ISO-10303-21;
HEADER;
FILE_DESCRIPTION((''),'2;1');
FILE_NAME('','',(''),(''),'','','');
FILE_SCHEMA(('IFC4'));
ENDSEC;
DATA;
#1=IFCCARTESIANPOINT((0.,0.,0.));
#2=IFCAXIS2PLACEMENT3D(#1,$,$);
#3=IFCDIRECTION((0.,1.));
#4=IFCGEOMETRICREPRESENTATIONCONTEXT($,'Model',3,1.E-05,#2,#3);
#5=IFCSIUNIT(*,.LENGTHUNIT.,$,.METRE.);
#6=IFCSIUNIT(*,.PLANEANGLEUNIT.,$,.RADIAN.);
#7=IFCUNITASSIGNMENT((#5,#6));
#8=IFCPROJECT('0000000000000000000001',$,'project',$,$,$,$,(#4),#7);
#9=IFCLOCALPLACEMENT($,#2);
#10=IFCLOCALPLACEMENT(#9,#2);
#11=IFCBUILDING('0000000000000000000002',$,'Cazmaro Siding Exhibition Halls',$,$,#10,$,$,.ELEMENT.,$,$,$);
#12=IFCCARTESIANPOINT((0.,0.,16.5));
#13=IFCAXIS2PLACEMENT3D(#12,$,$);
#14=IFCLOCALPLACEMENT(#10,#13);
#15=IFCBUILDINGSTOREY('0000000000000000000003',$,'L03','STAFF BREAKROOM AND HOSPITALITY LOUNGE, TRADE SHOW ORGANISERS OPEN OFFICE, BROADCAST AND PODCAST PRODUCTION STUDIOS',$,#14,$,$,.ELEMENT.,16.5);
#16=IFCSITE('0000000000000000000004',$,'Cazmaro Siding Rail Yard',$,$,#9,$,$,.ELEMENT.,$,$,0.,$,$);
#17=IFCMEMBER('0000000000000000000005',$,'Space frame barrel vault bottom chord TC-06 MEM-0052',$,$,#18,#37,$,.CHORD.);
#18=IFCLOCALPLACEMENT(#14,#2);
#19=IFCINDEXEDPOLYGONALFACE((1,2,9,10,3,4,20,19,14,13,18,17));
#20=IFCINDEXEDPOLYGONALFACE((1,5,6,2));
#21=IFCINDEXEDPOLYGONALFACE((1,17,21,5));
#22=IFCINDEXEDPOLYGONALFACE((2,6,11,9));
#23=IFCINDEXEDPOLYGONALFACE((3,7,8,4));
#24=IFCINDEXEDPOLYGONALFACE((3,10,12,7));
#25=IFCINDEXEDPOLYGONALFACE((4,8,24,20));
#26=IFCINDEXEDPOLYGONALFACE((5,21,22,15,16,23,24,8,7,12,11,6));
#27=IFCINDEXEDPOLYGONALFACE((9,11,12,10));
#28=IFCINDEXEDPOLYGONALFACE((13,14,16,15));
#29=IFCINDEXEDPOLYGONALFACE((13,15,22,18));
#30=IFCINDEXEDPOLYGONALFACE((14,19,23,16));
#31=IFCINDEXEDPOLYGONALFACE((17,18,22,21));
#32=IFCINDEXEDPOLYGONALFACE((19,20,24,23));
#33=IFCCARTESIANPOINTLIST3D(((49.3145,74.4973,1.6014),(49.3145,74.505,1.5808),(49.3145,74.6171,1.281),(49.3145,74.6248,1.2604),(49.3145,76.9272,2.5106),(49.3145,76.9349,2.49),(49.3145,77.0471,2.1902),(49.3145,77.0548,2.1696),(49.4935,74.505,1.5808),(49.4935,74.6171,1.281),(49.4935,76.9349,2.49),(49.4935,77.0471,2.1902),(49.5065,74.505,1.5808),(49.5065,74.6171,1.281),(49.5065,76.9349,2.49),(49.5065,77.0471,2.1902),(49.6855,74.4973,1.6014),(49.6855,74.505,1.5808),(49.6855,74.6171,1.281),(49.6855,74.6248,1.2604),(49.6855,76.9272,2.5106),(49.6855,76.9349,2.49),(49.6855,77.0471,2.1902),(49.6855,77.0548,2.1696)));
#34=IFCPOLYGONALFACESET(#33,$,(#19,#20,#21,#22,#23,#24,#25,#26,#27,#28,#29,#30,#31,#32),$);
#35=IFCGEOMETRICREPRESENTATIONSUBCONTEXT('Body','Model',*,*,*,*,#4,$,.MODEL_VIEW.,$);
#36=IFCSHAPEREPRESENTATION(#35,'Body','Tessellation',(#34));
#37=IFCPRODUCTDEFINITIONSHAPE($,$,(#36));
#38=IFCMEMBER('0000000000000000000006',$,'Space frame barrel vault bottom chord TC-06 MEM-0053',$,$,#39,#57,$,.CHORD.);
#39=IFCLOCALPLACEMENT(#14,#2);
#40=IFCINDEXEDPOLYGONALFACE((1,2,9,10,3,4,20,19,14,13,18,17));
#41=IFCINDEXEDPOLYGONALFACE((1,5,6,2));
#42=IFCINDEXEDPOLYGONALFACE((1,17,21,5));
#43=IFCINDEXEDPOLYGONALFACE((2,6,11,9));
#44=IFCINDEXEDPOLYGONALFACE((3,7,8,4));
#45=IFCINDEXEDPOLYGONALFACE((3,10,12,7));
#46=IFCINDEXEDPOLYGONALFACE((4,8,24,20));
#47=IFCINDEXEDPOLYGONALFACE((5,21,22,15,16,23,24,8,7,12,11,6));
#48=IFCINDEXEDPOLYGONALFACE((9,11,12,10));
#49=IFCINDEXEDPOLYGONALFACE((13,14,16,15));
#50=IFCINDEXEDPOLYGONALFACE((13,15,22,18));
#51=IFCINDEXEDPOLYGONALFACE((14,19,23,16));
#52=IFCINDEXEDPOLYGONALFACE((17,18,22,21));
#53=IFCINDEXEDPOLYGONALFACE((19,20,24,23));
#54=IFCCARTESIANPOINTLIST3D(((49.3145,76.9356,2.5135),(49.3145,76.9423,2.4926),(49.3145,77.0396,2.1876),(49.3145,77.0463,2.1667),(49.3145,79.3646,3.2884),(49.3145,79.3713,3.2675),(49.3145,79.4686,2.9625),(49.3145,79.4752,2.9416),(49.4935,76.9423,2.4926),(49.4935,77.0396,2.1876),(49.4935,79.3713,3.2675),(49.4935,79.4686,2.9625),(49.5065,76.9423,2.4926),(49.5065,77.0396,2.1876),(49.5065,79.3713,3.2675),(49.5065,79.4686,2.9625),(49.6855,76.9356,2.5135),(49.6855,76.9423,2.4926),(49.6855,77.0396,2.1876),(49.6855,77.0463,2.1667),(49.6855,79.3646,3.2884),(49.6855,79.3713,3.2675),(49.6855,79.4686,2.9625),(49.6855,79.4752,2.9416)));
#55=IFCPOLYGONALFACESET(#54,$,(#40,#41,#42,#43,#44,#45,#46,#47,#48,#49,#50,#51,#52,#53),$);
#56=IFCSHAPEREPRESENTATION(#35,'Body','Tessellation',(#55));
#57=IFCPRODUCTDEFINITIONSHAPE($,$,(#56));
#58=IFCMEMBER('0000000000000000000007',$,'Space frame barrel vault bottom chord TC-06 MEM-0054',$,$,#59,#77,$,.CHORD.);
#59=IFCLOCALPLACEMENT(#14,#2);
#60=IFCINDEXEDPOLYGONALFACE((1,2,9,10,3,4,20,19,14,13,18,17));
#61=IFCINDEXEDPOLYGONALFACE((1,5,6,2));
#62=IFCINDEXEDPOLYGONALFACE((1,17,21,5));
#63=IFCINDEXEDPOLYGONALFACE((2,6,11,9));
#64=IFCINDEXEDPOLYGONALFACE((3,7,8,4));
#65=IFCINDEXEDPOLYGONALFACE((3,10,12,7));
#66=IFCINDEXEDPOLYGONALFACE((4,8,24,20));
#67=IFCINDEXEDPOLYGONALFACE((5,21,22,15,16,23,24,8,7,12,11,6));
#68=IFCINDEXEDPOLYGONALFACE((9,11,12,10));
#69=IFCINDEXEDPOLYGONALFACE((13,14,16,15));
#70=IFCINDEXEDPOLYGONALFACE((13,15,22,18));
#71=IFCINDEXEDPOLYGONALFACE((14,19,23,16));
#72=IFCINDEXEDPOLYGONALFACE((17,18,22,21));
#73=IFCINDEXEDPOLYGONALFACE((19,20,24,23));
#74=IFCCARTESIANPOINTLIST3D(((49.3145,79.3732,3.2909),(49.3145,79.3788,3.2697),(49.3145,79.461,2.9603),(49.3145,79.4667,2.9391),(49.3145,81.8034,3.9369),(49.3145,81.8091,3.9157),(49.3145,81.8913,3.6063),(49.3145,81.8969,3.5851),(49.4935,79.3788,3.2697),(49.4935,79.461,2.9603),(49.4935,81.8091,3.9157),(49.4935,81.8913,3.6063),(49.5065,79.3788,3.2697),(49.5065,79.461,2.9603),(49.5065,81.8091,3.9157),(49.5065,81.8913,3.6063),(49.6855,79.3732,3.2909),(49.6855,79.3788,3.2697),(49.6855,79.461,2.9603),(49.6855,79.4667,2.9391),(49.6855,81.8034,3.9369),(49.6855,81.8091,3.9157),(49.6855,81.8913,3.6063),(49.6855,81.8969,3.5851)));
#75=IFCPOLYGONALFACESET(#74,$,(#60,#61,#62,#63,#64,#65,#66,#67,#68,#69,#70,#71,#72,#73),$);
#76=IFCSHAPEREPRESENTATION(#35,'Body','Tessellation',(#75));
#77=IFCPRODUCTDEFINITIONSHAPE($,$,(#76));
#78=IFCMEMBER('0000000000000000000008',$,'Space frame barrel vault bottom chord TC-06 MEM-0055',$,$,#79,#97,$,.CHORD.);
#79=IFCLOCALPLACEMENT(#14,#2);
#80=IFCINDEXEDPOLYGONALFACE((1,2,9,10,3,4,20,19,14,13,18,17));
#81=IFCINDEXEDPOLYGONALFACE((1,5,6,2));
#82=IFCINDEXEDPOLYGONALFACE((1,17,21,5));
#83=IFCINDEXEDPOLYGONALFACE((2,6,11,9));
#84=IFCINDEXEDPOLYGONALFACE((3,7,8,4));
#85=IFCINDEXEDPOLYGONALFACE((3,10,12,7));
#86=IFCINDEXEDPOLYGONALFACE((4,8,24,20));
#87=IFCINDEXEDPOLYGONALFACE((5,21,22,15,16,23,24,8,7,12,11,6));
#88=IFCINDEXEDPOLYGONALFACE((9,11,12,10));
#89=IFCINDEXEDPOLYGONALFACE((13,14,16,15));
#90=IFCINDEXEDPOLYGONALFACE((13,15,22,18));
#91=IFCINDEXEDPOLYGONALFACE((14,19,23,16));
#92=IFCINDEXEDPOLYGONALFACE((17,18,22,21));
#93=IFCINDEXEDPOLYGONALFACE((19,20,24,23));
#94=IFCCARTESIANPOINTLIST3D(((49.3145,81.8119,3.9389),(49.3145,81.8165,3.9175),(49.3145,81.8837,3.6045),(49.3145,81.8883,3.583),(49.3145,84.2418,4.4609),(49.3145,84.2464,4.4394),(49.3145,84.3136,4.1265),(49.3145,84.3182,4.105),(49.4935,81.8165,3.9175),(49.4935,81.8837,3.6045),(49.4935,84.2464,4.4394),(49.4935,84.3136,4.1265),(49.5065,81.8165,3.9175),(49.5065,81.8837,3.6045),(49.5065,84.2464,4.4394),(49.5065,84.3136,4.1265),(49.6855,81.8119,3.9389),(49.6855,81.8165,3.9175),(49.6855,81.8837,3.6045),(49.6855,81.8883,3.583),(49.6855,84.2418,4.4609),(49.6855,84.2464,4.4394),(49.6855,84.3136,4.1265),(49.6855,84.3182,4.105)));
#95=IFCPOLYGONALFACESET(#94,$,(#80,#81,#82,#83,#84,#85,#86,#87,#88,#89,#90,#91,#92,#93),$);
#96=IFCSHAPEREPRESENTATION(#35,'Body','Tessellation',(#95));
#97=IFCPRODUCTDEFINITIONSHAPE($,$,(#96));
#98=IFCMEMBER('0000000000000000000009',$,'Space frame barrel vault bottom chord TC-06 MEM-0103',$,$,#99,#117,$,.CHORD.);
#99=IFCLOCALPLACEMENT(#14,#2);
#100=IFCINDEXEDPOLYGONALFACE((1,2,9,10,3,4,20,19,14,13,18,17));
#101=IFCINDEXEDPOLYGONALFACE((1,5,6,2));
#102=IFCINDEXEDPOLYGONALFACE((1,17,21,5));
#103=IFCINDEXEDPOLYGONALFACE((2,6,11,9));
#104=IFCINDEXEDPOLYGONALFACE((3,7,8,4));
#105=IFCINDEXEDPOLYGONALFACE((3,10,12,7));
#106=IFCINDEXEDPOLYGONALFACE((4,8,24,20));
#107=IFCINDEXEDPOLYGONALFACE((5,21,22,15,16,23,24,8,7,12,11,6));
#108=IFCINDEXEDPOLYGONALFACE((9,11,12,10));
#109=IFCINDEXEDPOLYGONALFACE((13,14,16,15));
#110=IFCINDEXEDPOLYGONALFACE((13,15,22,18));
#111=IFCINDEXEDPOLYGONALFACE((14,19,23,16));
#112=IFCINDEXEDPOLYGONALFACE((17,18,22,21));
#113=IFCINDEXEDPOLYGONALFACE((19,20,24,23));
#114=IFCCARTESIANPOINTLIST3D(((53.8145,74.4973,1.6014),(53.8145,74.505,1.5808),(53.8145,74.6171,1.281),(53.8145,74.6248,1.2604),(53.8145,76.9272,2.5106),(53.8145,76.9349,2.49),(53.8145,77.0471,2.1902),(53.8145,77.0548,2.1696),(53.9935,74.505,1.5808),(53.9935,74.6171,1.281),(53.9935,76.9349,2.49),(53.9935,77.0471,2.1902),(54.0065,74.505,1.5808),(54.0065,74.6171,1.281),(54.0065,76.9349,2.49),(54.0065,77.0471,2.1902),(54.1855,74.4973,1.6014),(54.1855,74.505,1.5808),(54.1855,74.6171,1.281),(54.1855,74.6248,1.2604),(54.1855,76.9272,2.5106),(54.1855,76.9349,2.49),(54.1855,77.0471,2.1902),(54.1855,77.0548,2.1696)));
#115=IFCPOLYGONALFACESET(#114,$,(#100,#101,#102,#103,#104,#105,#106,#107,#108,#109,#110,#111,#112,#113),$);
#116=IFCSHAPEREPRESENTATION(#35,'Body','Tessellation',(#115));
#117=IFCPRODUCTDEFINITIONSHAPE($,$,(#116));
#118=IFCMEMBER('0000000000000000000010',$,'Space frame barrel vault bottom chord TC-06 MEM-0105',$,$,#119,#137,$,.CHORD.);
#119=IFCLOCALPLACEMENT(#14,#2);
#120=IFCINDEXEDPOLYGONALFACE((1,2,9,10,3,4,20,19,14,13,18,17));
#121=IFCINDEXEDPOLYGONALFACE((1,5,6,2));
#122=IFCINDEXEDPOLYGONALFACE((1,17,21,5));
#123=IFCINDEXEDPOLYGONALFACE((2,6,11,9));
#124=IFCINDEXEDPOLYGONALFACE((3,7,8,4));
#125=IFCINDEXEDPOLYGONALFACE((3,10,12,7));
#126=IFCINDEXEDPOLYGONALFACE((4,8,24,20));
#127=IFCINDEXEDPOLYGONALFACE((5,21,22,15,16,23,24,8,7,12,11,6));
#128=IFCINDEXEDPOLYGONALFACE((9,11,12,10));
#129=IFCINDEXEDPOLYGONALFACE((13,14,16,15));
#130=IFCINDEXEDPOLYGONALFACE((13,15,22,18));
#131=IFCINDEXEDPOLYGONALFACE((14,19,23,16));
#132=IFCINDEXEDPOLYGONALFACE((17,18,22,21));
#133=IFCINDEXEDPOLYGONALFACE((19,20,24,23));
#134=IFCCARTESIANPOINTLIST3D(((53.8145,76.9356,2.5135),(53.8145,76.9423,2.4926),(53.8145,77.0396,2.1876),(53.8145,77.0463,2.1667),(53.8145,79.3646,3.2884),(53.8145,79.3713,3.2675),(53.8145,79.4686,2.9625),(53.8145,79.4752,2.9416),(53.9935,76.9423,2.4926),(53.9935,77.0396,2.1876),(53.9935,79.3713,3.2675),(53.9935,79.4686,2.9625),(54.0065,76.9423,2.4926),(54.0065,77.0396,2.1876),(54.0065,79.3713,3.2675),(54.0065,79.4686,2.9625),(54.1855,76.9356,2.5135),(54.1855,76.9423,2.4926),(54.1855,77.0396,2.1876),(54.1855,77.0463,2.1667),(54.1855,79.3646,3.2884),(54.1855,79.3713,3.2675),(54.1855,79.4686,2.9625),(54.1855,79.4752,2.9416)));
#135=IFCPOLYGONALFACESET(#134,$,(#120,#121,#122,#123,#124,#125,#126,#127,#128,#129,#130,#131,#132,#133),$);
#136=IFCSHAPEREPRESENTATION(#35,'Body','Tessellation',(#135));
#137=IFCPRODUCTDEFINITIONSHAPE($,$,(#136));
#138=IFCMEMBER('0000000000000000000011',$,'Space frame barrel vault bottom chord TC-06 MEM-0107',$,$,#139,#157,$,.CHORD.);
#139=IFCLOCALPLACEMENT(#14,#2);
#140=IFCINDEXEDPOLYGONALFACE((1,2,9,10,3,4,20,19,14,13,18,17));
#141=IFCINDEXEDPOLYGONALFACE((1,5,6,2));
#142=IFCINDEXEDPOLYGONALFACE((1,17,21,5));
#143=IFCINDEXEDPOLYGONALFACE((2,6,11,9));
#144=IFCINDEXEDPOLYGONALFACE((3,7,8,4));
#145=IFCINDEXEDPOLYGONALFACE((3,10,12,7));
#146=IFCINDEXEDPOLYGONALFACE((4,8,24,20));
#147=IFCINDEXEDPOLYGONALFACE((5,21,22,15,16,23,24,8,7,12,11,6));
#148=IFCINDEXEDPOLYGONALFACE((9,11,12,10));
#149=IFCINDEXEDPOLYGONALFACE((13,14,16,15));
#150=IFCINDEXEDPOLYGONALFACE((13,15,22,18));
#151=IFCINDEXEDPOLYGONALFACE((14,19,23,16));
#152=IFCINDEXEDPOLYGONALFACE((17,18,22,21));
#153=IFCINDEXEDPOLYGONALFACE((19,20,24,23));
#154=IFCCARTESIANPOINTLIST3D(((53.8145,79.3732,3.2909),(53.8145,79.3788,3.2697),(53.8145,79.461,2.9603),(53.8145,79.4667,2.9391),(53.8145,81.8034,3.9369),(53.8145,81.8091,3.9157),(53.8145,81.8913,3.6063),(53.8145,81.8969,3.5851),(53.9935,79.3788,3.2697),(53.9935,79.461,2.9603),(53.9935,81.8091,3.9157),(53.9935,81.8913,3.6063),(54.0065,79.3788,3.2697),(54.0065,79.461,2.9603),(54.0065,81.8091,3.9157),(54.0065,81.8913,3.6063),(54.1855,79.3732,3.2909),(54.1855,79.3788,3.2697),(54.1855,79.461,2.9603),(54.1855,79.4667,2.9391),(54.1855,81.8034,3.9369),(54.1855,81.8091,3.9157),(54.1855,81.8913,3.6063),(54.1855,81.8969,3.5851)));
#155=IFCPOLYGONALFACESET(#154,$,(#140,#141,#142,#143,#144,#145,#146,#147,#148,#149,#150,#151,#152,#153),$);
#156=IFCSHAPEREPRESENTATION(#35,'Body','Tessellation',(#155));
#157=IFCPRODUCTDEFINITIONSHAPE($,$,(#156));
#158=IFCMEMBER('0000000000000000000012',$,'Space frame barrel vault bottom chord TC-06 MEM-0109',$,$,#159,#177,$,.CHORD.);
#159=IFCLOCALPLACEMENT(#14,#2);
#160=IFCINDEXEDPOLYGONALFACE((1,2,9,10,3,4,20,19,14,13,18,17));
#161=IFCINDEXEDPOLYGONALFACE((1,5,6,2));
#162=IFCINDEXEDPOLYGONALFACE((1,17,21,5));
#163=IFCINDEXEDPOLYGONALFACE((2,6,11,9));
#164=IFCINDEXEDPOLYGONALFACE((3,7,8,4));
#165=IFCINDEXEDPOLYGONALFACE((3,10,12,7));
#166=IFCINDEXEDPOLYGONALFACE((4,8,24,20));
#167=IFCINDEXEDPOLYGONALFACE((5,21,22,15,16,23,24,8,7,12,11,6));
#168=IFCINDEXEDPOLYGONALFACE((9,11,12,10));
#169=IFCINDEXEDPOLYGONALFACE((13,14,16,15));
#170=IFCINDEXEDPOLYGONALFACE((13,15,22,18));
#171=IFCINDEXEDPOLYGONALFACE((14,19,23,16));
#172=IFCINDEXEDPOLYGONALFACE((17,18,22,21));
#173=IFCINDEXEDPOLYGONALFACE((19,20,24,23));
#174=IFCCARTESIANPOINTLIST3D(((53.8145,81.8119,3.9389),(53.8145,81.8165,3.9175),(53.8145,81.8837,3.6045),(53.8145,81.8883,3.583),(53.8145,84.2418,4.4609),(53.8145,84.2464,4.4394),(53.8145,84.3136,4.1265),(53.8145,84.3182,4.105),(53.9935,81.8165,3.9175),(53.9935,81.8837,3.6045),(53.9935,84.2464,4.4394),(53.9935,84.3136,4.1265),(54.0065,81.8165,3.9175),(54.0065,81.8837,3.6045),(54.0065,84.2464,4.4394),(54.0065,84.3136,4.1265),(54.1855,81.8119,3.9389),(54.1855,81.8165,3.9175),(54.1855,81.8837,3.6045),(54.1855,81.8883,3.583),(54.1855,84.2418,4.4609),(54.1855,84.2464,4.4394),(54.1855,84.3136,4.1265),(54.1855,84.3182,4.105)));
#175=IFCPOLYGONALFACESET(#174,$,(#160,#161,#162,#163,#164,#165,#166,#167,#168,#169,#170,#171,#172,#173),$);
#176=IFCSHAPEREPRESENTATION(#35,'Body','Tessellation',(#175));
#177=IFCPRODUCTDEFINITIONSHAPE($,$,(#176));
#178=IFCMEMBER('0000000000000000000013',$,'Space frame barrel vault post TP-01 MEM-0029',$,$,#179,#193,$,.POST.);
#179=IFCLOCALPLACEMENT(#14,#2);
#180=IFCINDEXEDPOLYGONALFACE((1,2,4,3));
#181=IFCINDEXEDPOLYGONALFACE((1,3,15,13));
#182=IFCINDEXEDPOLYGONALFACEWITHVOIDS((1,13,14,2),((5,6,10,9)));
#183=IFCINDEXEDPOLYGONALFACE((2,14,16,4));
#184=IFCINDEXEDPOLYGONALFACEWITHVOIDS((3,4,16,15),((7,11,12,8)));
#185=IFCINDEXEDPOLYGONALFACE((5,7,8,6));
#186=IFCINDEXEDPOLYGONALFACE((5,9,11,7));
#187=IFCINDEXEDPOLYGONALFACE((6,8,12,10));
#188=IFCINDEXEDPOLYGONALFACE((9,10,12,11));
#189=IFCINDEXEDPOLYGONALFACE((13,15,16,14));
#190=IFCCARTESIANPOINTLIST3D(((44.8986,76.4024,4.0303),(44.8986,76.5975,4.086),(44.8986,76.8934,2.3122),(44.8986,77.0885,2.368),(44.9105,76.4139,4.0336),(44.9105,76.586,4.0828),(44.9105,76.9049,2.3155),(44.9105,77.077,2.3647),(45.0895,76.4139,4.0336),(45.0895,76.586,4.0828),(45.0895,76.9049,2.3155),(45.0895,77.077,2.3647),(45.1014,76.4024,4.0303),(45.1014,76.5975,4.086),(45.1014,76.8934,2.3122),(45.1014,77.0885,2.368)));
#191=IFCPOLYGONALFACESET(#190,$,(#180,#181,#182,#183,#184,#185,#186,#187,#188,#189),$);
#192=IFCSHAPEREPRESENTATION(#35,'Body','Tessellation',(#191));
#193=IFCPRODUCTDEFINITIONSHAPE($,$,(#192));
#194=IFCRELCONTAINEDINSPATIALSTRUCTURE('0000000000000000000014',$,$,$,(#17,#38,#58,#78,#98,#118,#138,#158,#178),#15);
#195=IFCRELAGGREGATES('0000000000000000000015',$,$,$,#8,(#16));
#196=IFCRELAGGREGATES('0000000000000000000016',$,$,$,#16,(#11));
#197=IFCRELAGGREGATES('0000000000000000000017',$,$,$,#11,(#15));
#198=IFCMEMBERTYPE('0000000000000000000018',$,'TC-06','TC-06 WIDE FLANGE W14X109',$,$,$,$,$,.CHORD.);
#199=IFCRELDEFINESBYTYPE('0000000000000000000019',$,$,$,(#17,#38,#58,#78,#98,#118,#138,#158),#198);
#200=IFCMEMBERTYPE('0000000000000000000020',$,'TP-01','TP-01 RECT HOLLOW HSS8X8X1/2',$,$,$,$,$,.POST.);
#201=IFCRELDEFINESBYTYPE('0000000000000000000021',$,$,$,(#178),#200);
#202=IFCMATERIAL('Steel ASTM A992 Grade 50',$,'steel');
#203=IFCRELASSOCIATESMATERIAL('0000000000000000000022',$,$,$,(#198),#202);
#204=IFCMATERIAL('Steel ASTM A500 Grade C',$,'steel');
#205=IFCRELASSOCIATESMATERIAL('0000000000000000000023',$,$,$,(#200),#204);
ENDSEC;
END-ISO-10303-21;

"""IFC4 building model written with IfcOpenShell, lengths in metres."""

from ifc_helpers import new_model, si_unit, direction, frame, origin, origin_2d, place, context, subcontext, project, spatial, hollow_rectangle, i_section, extrude, material, material_profile, profile_set, type_object, element, save


model = new_model("IFC4")

# Units and contexts
model_context = context("Model", 3, precision=1e-05, world=origin(), true_north=direction((0.0, 1.0)))
body_context = subcontext(model_context, "Body", "Model", "MODEL_VIEW")
ifc_project = project(units=[si_unit("LENGTHUNIT", "METRE"), si_unit("PLANEANGLEUNIT", "RADIAN")], contexts=[model_context])

# Site, building, storey
site_placement = place(None, origin())
site = spatial("IfcSite", under=ifc_project, at=site_placement, Name="Cazmaro Siding Rail Yard", CompositionType="ELEMENT", RefElevation=0.0)
building_placement = place(site_placement, origin())
building = spatial("IfcBuilding", under=site, at=building_placement, Name="Cazmaro Siding Exhibition Halls", CompositionType="ELEMENT")
storey_placement = place(building_placement, frame((0.0, 0.0, 16.5)))
storey = spatial("IfcBuildingStorey", under=building, at=storey_placement, Name="L03", Description="STAFF BREAKROOM AND HOSPITALITY LOUNGE, TRADE SHOW ORGANISERS OPEN OFFICE, BROADCAST AND PODCAST PRODUCTION STUDIOS", CompositionType="ELEMENT", Elevation=16.5)

# Members
ifc_material_1 = material(Name="Steel ASTM A992 Grade 50", Category="steel")
ifc_material_profile_1 = material_profile(ifc_material_1, i_section(OverallWidth=0.3711, OverallDepth=0.364, WebThickness=0.0129, FlangeThickness=0.022, at=origin_2d()), Name="W14X109")
ifc_profile_set_1 = profile_set([ifc_material_profile_1], Name="Steel ASTM A992 Grade 50")
member_type_1 = type_object("IfcMemberType", Name="TC-06", Description="TC-06 WIDE FLANGE W14X109", PredefinedType="CHORD", material=ifc_profile_set_1)
member_1_placement = place(storey_placement, frame((49.5, 74.561, 1.4309), z_axis=(0.0, 0.936588, 0.350432), x_axis=(-1.0, 0.0, 0.0)))
element("IfcMember", 1, at=member_1_placement, inside=storey, type_object=member_type_1, Name="Space frame barrel vault bottom chord TC-06 MEM-0052", PredefinedType="CHORD", context=body_context, shape_type="SweptSolid", body=[
    extrude(i_section(OverallWidth=0.3711, OverallDepth=0.364, WebThickness=0.0129, FlangeThickness=0.022, at=origin_2d()), origin(), (0.0, 0.0, 1.0), 2.5945),
])
member_2_placement = place(storey_placement, frame((49.5, 76.991, 2.3401), z_axis=(0.0, 0.952693, 0.303935), x_axis=(-1.0, 0.0, 0.0)))
element("IfcMember", 2, at=member_2_placement, inside=storey, type_object=member_type_1, Name="Space frame barrel vault bottom chord TC-06 MEM-0053", PredefinedType="CHORD", context=body_context, shape_type="SweptSolid", body=[
    extrude(i_section(OverallWidth=0.3711, OverallDepth=0.364, WebThickness=0.0129, FlangeThickness=0.022, at=origin_2d()), origin(), (0.0, 0.0, 1.0), 2.5496),
])
member_3_placement = place(storey_placement, frame((49.5, 79.4199, 3.115), z_axis=(0.0, 0.966438, 0.256901), x_axis=(-1.0, 0.0, 0.0)))
element("IfcMember", 3, at=member_3_placement, inside=storey, type_object=member_type_1, Name="Space frame barrel vault bottom chord TC-06 MEM-0054", PredefinedType="CHORD", context=body_context, shape_type="SweptSolid", body=[
    extrude(i_section(OverallWidth=0.3711, OverallDepth=0.364, WebThickness=0.0129, FlangeThickness=0.022, at=origin_2d()), origin(), (0.0, 0.0, 1.0), 2.5146),
])
member_4_placement = place(storey_placement, frame((49.5, 81.8501, 3.761), z_axis=(0.0, 0.977697, 0.210019), x_axis=(-1.0, 0.0, 0.0)))
element("IfcMember", 4, at=member_4_placement, inside=storey, type_object=member_type_1, Name="Space frame barrel vault bottom chord TC-06 MEM-0055", PredefinedType="CHORD", context=body_context, shape_type="SweptSolid", body=[
    extrude(i_section(OverallWidth=0.3711, OverallDepth=0.364, WebThickness=0.0129, FlangeThickness=0.022, at=origin_2d()), origin(), (0.0, 0.0, 1.0), 2.4854),
])
member_5_placement = place(storey_placement, frame((54.0, 74.561, 1.4309), z_axis=(0.0, 0.936588, 0.350432), x_axis=(-1.0, 0.0, 0.0)))
element("IfcMember", 5, at=member_5_placement, inside=storey, type_object=member_type_1, Name="Space frame barrel vault bottom chord TC-06 MEM-0103", PredefinedType="CHORD", context=body_context, shape_type="SweptSolid", body=[
    extrude(i_section(OverallWidth=0.3711, OverallDepth=0.364, WebThickness=0.0129, FlangeThickness=0.022, at=origin_2d()), origin(), (0.0, 0.0, 1.0), 2.5945),
])
member_6_placement = place(storey_placement, frame((54.0, 76.991, 2.3401), z_axis=(0.0, 0.952693, 0.303935), x_axis=(-1.0, 0.0, 0.0)))
element("IfcMember", 6, at=member_6_placement, inside=storey, type_object=member_type_1, Name="Space frame barrel vault bottom chord TC-06 MEM-0105", PredefinedType="CHORD", context=body_context, shape_type="SweptSolid", body=[
    extrude(i_section(OverallWidth=0.3711, OverallDepth=0.364, WebThickness=0.0129, FlangeThickness=0.022, at=origin_2d()), origin(), (0.0, 0.0, 1.0), 2.5496),
])
member_7_placement = place(storey_placement, frame((54.0, 79.4199, 3.115), z_axis=(0.0, 0.966438, 0.256901), x_axis=(-1.0, 0.0, 0.0)))
element("IfcMember", 7, at=member_7_placement, inside=storey, type_object=member_type_1, Name="Space frame barrel vault bottom chord TC-06 MEM-0107", PredefinedType="CHORD", context=body_context, shape_type="SweptSolid", body=[
    extrude(i_section(OverallWidth=0.3711, OverallDepth=0.364, WebThickness=0.0129, FlangeThickness=0.022, at=origin_2d()), origin(), (0.0, 0.0, 1.0), 2.5146),
])
member_8_placement = place(storey_placement, frame((54.0, 81.8501, 3.761), z_axis=(0.0, 0.977697, 0.210019), x_axis=(-1.0, 0.0, 0.0)))
element("IfcMember", 8, at=member_8_placement, inside=storey, type_object=member_type_1, Name="Space frame barrel vault bottom chord TC-06 MEM-0109", PredefinedType="CHORD", context=body_context, shape_type="SweptSolid", body=[
    extrude(i_section(OverallWidth=0.3711, OverallDepth=0.364, WebThickness=0.0129, FlangeThickness=0.022, at=origin_2d()), origin(), (0.0, 0.0, 1.0), 2.4854),
])
ifc_material_2 = material(Name="Steel ASTM A500 Grade C", Category="steel")
ifc_material_profile_2 = material_profile(ifc_material_2, hollow_rectangle(XDim=0.2029, YDim=0.2029, WallThickness=0.012, at=origin_2d()), Name="HSS8X8X1/2")
ifc_profile_set_2 = profile_set([ifc_material_profile_2], Name="Steel ASTM A500 Grade C")
member_type_2 = type_object("IfcMemberType", Name="TP-01", Description="TP-01 RECT HOLLOW HSS8X8X1/2", PredefinedType="POST", material=ifc_profile_set_2)
for number, where, z_axis, x_axis, name in (
    (9, (45.0, 76.991, 2.3401), (0.0, -0.274775, 0.961508), (1.0, 0.0, 0.0), "Space frame barrel vault post TP-01 MEM-0029"),
):
    element("IfcMember", number, at=place(storey_placement, frame(where, z_axis=z_axis, x_axis=x_axis)), inside=storey, type_object=member_type_2, Name=name, PredefinedType="POST", context=body_context, shape_type="SweptSolid", body=[
        extrude(hollow_rectangle(XDim=0.2029, YDim=0.2029, WallThickness=0.012, at=origin_2d()), origin(), (0.0, 0.0, 1.0), 1.7869),
    ])

save(model, "model.ifc")
